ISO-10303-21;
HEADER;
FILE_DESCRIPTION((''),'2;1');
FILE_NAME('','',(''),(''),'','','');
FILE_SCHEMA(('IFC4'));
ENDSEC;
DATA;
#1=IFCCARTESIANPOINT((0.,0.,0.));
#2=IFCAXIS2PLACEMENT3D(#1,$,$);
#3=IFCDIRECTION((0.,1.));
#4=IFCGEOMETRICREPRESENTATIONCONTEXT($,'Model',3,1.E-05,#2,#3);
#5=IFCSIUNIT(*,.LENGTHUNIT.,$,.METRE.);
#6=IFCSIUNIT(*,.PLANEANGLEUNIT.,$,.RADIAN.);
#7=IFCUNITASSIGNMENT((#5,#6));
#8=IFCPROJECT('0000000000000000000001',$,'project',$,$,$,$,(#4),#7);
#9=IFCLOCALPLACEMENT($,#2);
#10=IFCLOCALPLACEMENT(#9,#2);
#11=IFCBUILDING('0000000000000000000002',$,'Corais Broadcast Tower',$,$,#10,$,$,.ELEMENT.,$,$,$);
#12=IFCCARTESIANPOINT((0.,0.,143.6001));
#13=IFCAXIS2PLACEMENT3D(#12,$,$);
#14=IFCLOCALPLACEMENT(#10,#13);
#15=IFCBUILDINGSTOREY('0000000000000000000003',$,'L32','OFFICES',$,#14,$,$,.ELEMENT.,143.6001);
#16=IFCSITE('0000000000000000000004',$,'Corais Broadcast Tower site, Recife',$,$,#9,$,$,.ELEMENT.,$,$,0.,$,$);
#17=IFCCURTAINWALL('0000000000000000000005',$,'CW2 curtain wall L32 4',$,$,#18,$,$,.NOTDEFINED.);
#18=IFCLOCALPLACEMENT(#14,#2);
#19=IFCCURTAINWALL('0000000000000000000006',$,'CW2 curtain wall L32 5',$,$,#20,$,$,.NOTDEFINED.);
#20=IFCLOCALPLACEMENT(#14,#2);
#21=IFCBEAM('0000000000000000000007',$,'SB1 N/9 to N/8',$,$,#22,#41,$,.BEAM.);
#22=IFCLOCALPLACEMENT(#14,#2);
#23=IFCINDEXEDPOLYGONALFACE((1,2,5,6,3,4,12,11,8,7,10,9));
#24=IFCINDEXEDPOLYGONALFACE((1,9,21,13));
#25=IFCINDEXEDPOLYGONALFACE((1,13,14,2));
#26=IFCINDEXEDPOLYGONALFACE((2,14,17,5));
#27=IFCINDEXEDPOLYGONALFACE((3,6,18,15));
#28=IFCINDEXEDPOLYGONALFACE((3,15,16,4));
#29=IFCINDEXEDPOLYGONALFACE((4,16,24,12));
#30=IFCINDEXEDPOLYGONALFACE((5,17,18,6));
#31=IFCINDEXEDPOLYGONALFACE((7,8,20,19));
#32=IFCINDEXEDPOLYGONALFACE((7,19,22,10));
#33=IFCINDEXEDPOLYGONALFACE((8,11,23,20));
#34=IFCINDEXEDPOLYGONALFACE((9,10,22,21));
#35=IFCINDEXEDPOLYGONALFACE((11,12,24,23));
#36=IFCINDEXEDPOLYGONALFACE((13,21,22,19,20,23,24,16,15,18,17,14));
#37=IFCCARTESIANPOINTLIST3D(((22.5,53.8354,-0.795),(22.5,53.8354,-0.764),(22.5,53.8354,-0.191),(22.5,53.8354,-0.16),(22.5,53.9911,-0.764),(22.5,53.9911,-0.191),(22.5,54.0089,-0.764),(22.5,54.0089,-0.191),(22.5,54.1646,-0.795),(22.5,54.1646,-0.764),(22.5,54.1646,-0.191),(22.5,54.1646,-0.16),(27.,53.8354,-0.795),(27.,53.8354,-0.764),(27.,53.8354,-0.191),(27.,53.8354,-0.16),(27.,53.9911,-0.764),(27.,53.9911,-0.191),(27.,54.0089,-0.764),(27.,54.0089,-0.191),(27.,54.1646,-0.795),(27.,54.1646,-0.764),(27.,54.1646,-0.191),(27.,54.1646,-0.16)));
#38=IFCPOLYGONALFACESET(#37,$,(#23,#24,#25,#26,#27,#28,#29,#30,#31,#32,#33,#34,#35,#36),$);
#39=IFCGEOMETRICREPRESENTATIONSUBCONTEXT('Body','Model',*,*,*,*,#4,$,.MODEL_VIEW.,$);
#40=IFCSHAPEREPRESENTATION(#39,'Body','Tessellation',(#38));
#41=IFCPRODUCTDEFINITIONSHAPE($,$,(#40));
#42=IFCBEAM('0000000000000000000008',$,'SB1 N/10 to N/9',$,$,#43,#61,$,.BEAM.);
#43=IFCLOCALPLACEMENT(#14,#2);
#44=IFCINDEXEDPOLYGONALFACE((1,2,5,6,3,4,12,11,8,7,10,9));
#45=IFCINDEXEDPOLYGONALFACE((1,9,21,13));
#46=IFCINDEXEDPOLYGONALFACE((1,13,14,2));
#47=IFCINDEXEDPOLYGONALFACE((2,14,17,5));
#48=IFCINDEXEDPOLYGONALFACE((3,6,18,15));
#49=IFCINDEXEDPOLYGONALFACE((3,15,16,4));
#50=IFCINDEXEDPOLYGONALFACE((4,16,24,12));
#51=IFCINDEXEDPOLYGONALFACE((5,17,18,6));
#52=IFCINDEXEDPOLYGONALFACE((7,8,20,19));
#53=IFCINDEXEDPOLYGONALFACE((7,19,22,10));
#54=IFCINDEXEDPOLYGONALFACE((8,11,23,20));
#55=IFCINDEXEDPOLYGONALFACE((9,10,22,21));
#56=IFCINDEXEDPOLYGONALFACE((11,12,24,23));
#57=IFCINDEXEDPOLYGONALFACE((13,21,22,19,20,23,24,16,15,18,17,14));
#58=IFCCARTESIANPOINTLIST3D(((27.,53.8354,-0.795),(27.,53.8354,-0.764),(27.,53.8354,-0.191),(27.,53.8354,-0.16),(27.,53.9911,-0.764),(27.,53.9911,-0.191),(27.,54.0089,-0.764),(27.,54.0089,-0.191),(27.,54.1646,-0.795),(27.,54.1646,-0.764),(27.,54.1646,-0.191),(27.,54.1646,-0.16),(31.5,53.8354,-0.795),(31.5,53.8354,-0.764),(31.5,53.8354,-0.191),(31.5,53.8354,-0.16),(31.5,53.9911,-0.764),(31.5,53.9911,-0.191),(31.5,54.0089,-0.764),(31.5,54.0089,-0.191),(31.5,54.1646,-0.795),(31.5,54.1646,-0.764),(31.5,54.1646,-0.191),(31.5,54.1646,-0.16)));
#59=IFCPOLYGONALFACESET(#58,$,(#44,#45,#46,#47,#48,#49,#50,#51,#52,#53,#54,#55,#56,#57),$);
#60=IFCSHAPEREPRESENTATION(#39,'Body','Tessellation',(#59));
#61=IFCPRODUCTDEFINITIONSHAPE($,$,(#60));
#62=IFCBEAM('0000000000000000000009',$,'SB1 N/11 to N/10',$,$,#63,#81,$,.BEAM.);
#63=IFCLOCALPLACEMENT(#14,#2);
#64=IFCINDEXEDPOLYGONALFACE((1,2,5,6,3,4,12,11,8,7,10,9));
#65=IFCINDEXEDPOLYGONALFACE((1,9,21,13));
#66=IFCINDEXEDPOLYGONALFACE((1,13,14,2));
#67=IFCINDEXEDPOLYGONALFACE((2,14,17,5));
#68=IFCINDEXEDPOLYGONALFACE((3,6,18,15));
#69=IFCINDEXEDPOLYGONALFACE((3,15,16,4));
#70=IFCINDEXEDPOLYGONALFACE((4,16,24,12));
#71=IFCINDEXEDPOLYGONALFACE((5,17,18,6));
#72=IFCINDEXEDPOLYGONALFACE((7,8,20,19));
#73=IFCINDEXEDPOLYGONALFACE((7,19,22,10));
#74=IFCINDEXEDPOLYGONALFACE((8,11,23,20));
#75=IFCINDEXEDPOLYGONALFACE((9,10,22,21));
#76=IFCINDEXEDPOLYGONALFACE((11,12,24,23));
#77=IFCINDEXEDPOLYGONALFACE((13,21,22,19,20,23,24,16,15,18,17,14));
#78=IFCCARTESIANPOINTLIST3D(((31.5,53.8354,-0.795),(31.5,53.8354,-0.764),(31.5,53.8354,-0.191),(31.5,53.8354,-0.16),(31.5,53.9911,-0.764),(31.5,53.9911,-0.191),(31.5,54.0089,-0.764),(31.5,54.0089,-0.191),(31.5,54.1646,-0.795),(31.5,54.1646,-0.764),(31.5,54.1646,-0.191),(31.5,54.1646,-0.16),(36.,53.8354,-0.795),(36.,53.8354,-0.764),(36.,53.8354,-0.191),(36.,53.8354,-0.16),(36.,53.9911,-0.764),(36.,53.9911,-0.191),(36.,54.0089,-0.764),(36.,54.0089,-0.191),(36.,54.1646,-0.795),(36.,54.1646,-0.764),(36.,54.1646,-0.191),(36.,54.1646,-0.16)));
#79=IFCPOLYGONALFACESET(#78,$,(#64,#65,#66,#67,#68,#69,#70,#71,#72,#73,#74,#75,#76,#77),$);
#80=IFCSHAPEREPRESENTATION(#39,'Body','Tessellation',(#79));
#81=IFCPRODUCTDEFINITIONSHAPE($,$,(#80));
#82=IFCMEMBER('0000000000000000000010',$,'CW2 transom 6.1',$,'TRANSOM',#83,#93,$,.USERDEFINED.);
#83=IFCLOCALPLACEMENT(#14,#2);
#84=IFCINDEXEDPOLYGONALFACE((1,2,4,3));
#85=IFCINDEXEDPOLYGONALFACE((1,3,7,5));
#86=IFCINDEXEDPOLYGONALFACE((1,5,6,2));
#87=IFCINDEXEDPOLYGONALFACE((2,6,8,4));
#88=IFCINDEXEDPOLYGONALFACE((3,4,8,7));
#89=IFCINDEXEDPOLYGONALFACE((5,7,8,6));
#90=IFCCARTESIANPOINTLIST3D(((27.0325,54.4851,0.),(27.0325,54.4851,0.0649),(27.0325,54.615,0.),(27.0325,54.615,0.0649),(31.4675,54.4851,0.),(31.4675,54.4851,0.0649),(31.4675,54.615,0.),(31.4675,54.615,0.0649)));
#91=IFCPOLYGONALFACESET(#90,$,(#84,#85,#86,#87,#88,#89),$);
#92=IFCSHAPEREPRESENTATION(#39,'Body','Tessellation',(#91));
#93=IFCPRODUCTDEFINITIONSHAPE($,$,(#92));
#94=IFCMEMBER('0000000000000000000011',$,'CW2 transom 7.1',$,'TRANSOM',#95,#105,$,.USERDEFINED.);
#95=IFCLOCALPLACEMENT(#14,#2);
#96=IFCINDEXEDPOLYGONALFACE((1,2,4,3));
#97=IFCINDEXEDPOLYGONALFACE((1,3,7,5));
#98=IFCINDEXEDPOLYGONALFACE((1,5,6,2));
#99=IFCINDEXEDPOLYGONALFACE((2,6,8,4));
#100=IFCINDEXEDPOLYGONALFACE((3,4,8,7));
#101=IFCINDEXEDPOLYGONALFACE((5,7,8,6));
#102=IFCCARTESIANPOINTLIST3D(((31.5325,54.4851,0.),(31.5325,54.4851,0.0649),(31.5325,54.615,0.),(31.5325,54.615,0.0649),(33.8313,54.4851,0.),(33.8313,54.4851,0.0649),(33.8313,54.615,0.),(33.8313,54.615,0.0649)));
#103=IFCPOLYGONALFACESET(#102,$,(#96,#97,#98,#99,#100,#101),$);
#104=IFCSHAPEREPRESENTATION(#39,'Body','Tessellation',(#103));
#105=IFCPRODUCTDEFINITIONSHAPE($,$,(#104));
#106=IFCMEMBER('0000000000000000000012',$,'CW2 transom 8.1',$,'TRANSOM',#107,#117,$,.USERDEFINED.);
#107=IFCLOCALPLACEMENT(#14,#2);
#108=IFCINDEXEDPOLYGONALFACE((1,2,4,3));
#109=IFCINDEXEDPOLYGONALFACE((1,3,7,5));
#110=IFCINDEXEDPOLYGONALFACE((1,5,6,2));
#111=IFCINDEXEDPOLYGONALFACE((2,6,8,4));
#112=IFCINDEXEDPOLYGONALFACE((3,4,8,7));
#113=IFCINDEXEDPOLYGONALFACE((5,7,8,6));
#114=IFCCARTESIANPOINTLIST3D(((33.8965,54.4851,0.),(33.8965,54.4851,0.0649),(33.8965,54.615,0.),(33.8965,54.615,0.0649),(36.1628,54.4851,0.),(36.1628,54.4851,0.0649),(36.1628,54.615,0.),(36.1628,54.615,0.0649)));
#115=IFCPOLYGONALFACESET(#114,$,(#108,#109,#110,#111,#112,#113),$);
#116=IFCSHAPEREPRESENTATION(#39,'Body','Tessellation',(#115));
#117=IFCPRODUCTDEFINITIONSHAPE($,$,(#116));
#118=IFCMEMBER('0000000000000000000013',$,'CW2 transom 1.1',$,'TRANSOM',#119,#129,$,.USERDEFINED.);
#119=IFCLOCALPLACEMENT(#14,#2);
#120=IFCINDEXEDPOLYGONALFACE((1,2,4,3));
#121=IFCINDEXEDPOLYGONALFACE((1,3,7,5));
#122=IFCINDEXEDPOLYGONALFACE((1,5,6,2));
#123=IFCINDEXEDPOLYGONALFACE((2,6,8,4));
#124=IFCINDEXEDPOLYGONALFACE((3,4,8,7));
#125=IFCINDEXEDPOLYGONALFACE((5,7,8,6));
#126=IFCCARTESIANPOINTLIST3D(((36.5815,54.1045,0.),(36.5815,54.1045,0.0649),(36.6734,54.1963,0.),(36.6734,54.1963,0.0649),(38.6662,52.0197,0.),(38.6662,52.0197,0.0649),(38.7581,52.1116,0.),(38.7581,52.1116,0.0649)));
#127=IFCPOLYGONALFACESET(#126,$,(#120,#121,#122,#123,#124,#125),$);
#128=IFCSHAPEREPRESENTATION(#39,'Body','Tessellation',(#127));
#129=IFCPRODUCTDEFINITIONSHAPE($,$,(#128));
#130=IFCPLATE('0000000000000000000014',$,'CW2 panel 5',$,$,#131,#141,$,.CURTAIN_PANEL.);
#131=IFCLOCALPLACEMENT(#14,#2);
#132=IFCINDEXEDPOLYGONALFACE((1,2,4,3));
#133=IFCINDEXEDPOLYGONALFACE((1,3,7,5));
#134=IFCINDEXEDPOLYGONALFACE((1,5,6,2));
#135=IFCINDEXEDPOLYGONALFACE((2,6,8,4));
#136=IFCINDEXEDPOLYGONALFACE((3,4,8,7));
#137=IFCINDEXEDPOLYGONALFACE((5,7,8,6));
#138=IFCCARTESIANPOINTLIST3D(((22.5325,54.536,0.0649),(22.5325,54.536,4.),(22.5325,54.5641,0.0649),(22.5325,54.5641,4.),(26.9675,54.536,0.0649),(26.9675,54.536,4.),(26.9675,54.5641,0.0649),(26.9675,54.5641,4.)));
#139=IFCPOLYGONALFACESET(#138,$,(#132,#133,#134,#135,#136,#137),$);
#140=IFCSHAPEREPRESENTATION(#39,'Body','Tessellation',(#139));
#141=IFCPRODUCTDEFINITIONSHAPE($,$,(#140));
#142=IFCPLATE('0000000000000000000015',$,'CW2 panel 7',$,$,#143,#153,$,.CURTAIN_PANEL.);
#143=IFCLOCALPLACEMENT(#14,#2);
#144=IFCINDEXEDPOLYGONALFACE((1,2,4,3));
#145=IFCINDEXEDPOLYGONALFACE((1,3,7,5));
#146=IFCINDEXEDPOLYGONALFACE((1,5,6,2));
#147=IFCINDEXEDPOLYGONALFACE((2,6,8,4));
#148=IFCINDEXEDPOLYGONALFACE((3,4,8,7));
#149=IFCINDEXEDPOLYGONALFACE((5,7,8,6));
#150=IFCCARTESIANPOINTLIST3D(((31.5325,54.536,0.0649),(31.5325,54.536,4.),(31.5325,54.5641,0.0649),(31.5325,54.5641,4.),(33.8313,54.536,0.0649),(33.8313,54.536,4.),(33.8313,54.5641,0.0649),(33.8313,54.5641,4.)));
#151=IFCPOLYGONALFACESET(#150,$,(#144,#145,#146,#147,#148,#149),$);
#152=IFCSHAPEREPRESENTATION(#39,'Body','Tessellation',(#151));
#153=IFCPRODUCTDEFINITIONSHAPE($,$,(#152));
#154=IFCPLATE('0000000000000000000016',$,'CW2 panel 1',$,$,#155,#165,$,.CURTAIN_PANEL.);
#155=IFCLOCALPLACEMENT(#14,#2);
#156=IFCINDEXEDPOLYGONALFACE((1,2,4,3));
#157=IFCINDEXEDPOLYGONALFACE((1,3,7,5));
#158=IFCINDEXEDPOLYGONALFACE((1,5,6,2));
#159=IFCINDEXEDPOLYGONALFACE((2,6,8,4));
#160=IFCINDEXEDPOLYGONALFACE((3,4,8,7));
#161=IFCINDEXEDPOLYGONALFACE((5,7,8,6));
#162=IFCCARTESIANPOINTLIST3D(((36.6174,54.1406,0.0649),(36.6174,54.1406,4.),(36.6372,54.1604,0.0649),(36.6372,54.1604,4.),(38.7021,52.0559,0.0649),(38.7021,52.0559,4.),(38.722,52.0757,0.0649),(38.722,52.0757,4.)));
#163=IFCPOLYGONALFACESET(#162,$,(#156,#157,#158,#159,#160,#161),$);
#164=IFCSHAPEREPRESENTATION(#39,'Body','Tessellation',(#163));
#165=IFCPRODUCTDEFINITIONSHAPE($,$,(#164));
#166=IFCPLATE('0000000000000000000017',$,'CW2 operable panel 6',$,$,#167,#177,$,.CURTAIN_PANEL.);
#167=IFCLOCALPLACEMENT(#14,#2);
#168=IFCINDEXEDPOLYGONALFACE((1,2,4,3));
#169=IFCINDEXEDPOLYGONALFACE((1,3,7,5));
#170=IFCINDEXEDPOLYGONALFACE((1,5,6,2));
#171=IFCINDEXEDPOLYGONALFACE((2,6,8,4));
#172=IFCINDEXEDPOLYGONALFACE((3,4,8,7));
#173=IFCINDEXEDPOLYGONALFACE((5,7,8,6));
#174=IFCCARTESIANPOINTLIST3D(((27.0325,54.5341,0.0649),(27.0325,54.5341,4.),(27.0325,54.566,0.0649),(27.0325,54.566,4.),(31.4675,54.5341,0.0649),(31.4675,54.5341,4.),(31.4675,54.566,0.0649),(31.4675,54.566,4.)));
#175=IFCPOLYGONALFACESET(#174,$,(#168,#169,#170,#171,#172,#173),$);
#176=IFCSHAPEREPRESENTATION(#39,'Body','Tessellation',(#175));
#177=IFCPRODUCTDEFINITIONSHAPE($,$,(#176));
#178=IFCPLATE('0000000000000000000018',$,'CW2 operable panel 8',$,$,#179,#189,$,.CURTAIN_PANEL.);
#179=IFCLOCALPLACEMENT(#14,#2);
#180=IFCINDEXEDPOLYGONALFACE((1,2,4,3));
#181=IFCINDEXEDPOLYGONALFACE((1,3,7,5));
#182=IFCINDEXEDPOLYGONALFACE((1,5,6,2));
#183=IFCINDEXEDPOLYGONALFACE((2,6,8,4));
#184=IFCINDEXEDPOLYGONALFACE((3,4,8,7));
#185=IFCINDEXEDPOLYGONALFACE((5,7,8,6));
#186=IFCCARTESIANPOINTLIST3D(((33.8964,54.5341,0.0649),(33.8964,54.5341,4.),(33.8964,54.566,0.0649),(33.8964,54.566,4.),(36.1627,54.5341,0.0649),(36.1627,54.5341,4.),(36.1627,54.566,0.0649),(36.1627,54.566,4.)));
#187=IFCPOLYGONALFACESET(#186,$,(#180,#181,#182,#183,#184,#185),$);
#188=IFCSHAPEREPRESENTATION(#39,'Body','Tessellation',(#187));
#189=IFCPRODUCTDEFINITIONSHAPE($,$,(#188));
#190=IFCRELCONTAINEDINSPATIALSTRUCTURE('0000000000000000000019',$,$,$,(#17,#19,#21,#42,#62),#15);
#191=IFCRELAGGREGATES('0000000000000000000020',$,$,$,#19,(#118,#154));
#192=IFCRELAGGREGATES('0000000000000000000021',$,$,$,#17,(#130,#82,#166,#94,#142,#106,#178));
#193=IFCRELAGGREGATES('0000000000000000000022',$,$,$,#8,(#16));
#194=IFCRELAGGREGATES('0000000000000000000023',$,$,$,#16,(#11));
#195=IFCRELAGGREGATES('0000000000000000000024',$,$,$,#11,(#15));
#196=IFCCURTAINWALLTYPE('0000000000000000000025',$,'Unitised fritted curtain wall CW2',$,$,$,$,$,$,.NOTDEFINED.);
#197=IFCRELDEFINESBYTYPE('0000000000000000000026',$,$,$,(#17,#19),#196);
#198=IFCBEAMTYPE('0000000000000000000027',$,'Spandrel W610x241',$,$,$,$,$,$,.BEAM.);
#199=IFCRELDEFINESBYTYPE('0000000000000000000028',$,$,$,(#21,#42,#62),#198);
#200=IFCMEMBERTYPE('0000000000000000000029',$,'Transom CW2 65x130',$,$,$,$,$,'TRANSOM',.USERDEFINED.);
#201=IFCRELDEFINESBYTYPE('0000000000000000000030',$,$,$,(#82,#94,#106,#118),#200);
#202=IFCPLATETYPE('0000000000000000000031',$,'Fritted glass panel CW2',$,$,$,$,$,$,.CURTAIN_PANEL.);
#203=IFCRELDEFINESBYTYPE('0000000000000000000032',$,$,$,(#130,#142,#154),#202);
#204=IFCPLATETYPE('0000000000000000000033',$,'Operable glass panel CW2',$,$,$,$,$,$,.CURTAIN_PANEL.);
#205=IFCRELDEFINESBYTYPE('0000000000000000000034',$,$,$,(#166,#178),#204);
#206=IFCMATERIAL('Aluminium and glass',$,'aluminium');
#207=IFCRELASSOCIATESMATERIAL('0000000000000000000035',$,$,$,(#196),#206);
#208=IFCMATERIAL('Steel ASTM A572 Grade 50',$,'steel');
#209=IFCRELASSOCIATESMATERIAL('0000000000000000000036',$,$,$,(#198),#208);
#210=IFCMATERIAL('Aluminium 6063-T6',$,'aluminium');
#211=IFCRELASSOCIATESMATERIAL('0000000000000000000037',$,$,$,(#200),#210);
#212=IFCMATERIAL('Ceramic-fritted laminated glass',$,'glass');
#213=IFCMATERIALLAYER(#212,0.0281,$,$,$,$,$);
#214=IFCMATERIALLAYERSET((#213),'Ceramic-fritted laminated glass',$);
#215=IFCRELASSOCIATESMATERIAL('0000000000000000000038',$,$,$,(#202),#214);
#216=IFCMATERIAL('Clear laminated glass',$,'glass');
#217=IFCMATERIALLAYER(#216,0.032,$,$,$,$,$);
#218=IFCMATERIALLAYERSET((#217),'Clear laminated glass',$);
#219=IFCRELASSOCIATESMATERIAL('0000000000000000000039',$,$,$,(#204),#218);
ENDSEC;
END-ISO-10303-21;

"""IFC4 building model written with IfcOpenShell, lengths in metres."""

from ifc_helpers import new_model, si_unit, direction, frame, origin, origin_2d, place, context, subcontext, project, spatial, rectangle, i_section, extrude, material, layer, layer_set, material_profile, profile_set, type_object, element, aggregate, save


model = new_model("IFC4")

# Units and contexts
model_context = context("Model", 3, precision=1e-05, world=origin(), true_north=direction((0.0, 1.0)))
body_context = subcontext(model_context, "Body", "Model", "MODEL_VIEW")
ifc_project = project(units=[si_unit("LENGTHUNIT", "METRE"), si_unit("PLANEANGLEUNIT", "RADIAN")], contexts=[model_context])

# Site, building, storey
site_placement = place(None, origin())
site = spatial("IfcSite", under=ifc_project, at=site_placement, Name="Corais Broadcast Tower site, Recife", CompositionType="ELEMENT", RefElevation=0.0)
building_placement = place(site_placement, origin())
building = spatial("IfcBuilding", under=site, at=building_placement, Name="Corais Broadcast Tower", CompositionType="ELEMENT")
storey_placement = place(building_placement, frame((0.0, 0.0, 143.6001)))
storey = spatial("IfcBuildingStorey", under=building, at=storey_placement, Name="L32", Description="OFFICES", CompositionType="ELEMENT", Elevation=143.6001)

# Curtain walls
ifc_material_1 = material(Name="Aluminium and glass", Category="aluminium")
curtain_wall_type = type_object("IfcCurtainWallType", Name="Unitised fritted curtain wall CW2", PredefinedType="NOTDEFINED", material=ifc_material_1)
curtain_wall_1_placement = place(storey_placement, origin())
curtain_wall_1 = element("IfcCurtainWall", 1, at=curtain_wall_1_placement, inside=storey, type_object=curtain_wall_type, Name="CW2 curtain wall L32 4", PredefinedType="NOTDEFINED")
curtain_wall_2_placement = place(storey_placement, origin())
curtain_wall_2 = element("IfcCurtainWall", 2, at=curtain_wall_2_placement, inside=storey, type_object=curtain_wall_type, Name="CW2 curtain wall L32 5", PredefinedType="NOTDEFINED")

# Beams
ifc_material_2 = material(Name="Steel ASTM A572 Grade 50", Category="steel")
ifc_material_profile_1 = material_profile(ifc_material_2, i_section(OverallWidth=0.3291, OverallDepth=0.635, WebThickness=0.0178, FlangeThickness=0.031, at=origin_2d()), Name="W610x241")
ifc_profile_set_1 = profile_set([ifc_material_profile_1], Name="Steel ASTM A572 Grade 50")
beam_type_1 = type_object("IfcBeamType", Name="Spandrel W610x241", PredefinedType="BEAM", material=ifc_profile_set_1)
for number, where, z_axis, x_axis, name in (
    (3, (27.0, 54.0, -0.4775), (-1.0, 0.0, 0.0), (0.0, -1.0, 0.0), "SB1 N/9 to N/8"),
    (4, (31.5, 54.0, -0.4775), (-1.0, 0.0, 0.0), (0.0, -1.0, 0.0), "SB1 N/10 to N/9"),
    (5, (36.0, 54.0, -0.4775), (-1.0, 0.0, 0.0), (0.0, -1.0, 0.0), "SB1 N/11 to N/10"),
):
    element("IfcBeam", number, at=place(storey_placement, frame(where, z_axis=z_axis, x_axis=x_axis)), inside=storey, type_object=beam_type_1, Name=name, PredefinedType="BEAM", context=body_context, shape_type="SweptSolid", body=[
        extrude(i_section(OverallWidth=0.3291, OverallDepth=0.635, WebThickness=0.0178, FlangeThickness=0.031, at=origin_2d()), origin(), (0.0, 0.0, 1.0), 4.5),
    ])

# Members
ifc_material_3 = material(Name="Aluminium 6063-T6", Category="aluminium")
ifc_material_profile_2 = material_profile(ifc_material_3, rectangle(XDim=0.1299, YDim=0.0649, at=origin_2d()), Name="Transom CW2 65x130")
ifc_profile_set_2 = profile_set([ifc_material_profile_2], Name="Aluminium 6063-T6")
member_type_1 = type_object("IfcMemberType", Name="Transom CW2 65x130", ElementType="TRANSOM", PredefinedType="USERDEFINED", material=ifc_profile_set_2)
member_1_placement = place(storey_placement, frame((27.0325, 54.55, 0.0325), z_axis=(1.0, 0.0, 0.0), x_axis=(0.0, 1.0, 0.0)))
member_1 = element("IfcMember", 6, at=member_1_placement, type_object=member_type_1, Name="CW2 transom 6.1", ObjectType="TRANSOM", PredefinedType="USERDEFINED", context=body_context, shape_type="SweptSolid", body=[
    extrude(rectangle(XDim=0.1299, YDim=0.0649, at=origin_2d()), origin(), (0.0, 0.0, 1.0), 4.4351),
])
member_2_placement = place(storey_placement, frame((31.5325, 54.55, 0.0325), z_axis=(1.0, 0.0, 0.0), x_axis=(0.0, 1.0, 0.0)))
member_2 = element("IfcMember", 7, at=member_2_placement, type_object=member_type_1, Name="CW2 transom 7.1", ObjectType="TRANSOM", PredefinedType="USERDEFINED", context=body_context, shape_type="SweptSolid", body=[
    extrude(rectangle(XDim=0.1299, YDim=0.0649, at=origin_2d()), origin(), (0.0, 0.0, 1.0), 2.2988),
])
member_3_placement = place(storey_placement, frame((33.8965, 54.55, 0.0325), z_axis=(1.0, 0.0, 0.0), x_axis=(0.0, 1.0, 0.0)))
member_3 = element("IfcMember", 8, at=member_3_placement, type_object=member_type_1, Name="CW2 transom 8.1", ObjectType="TRANSOM", PredefinedType="USERDEFINED", context=body_context, shape_type="SweptSolid", body=[
    extrude(rectangle(XDim=0.1299, YDim=0.0649, at=origin_2d()), origin(), (0.0, 0.0, 1.0), 2.2664),
])
member_4_placement = place(storey_placement, frame((36.6274, 54.1504, 0.0325), z_axis=(0.707107, -0.707107, 0.0), x_axis=(0.707107, 0.707107, 0.0)))
member_4 = element("IfcMember", 9, at=member_4_placement, type_object=member_type_1, Name="CW2 transom 1.1", ObjectType="TRANSOM", PredefinedType="USERDEFINED", context=body_context, shape_type="SweptSolid", body=[
    extrude(rectangle(XDim=0.1299, YDim=0.0649, at=origin_2d()), origin(), (0.0, 0.0, 1.0), 2.9482),
])

# Plates
ifc_material_4 = material(Name="Ceramic-fritted laminated glass", Category="glass")
ifc_layer_1 = layer(ifc_material_4, 0.0281)
ifc_layer_set_1 = layer_set([ifc_layer_1], Name="Ceramic-fritted laminated glass")
plate_type_1 = type_object("IfcPlateType", Name="Fritted glass panel CW2", PredefinedType="CURTAIN_PANEL", material=ifc_layer_set_1)
plate_1_placement = place(storey_placement, frame((24.75, 54.55, 0.0649), z_axis=(0.0, 0.0, 1.0), x_axis=(1.0, 0.0, 0.0)))
plate_1 = element("IfcPlate", 10, at=plate_1_placement, type_object=plate_type_1, Name="CW2 panel 5", PredefinedType="CURTAIN_PANEL", context=body_context, shape_type="SweptSolid", body=[
    extrude(rectangle(XDim=4.4351, YDim=0.0281, at=origin_2d()), origin(), (0.0, 0.0, 1.0), 3.9351),
])
plate_2_placement = place(storey_placement, frame((32.6819, 54.55, 0.0649), z_axis=(0.0, 0.0, 1.0), x_axis=(1.0, 0.0, 0.0)))
plate_2 = element("IfcPlate", 11, at=plate_2_placement, type_object=plate_type_1, Name="CW2 panel 7", PredefinedType="CURTAIN_PANEL", context=body_context, shape_type="SweptSolid", body=[
    extrude(rectangle(XDim=2.2988, YDim=0.0281, at=origin_2d()), origin(), (0.0, 0.0, 1.0), 3.9351),
])
plate_3_placement = place(storey_placement, frame((37.6697, 53.1082, 0.0649), z_axis=(0.0, 0.0, 1.0), x_axis=(0.707107, -0.707107, 0.0)))
plate_3 = element("IfcPlate", 12, at=plate_3_placement, type_object=plate_type_1, Name="CW2 panel 1", PredefinedType="CURTAIN_PANEL", context=body_context, shape_type="SweptSolid", body=[
    extrude(rectangle(XDim=2.9482, YDim=0.0281, at=origin_2d()), origin(), (0.0, 0.0, 1.0), 3.9351),
])
aggregate(curtain_wall_2, [member_4, plate_3])
ifc_material_5 = material(Name="Clear laminated glass", Category="glass")
ifc_layer_2 = layer(ifc_material_5, 0.032)
ifc_layer_set_2 = layer_set([ifc_layer_2], Name="Clear laminated glass")
plate_type_2 = type_object("IfcPlateType", Name="Operable glass panel CW2", PredefinedType="CURTAIN_PANEL", material=ifc_layer_set_2)
plate_4_placement = place(storey_placement, frame((29.25, 54.55, 0.0649), z_axis=(0.0, 0.0, 1.0), x_axis=(1.0, 0.0, 0.0)))
plate_4 = element("IfcPlate", 13, at=plate_4_placement, type_object=plate_type_2, Name="CW2 operable panel 6", PredefinedType="CURTAIN_PANEL", context=body_context, shape_type="SweptSolid", body=[
    extrude(rectangle(XDim=4.4351, YDim=0.032, at=origin_2d()), origin(), (0.0, 0.0, 1.0), 3.9351),
])
plate_5_placement = place(storey_placement, frame((35.0295, 54.55, 0.0649), z_axis=(0.0, 0.0, 1.0), x_axis=(1.0, 0.0, 0.0)))
plate_5 = element("IfcPlate", 14, at=plate_5_placement, type_object=plate_type_2, Name="CW2 operable panel 8", PredefinedType="CURTAIN_PANEL", context=body_context, shape_type="SweptSolid", body=[
    extrude(rectangle(XDim=2.2664, YDim=0.032, at=origin_2d()), origin(), (0.0, 0.0, 1.0), 3.9351),
])
aggregate(curtain_wall_1, [plate_1, member_1, plate_4, member_2, plate_2, member_3, plate_5])

save(model, "model.ifc")
